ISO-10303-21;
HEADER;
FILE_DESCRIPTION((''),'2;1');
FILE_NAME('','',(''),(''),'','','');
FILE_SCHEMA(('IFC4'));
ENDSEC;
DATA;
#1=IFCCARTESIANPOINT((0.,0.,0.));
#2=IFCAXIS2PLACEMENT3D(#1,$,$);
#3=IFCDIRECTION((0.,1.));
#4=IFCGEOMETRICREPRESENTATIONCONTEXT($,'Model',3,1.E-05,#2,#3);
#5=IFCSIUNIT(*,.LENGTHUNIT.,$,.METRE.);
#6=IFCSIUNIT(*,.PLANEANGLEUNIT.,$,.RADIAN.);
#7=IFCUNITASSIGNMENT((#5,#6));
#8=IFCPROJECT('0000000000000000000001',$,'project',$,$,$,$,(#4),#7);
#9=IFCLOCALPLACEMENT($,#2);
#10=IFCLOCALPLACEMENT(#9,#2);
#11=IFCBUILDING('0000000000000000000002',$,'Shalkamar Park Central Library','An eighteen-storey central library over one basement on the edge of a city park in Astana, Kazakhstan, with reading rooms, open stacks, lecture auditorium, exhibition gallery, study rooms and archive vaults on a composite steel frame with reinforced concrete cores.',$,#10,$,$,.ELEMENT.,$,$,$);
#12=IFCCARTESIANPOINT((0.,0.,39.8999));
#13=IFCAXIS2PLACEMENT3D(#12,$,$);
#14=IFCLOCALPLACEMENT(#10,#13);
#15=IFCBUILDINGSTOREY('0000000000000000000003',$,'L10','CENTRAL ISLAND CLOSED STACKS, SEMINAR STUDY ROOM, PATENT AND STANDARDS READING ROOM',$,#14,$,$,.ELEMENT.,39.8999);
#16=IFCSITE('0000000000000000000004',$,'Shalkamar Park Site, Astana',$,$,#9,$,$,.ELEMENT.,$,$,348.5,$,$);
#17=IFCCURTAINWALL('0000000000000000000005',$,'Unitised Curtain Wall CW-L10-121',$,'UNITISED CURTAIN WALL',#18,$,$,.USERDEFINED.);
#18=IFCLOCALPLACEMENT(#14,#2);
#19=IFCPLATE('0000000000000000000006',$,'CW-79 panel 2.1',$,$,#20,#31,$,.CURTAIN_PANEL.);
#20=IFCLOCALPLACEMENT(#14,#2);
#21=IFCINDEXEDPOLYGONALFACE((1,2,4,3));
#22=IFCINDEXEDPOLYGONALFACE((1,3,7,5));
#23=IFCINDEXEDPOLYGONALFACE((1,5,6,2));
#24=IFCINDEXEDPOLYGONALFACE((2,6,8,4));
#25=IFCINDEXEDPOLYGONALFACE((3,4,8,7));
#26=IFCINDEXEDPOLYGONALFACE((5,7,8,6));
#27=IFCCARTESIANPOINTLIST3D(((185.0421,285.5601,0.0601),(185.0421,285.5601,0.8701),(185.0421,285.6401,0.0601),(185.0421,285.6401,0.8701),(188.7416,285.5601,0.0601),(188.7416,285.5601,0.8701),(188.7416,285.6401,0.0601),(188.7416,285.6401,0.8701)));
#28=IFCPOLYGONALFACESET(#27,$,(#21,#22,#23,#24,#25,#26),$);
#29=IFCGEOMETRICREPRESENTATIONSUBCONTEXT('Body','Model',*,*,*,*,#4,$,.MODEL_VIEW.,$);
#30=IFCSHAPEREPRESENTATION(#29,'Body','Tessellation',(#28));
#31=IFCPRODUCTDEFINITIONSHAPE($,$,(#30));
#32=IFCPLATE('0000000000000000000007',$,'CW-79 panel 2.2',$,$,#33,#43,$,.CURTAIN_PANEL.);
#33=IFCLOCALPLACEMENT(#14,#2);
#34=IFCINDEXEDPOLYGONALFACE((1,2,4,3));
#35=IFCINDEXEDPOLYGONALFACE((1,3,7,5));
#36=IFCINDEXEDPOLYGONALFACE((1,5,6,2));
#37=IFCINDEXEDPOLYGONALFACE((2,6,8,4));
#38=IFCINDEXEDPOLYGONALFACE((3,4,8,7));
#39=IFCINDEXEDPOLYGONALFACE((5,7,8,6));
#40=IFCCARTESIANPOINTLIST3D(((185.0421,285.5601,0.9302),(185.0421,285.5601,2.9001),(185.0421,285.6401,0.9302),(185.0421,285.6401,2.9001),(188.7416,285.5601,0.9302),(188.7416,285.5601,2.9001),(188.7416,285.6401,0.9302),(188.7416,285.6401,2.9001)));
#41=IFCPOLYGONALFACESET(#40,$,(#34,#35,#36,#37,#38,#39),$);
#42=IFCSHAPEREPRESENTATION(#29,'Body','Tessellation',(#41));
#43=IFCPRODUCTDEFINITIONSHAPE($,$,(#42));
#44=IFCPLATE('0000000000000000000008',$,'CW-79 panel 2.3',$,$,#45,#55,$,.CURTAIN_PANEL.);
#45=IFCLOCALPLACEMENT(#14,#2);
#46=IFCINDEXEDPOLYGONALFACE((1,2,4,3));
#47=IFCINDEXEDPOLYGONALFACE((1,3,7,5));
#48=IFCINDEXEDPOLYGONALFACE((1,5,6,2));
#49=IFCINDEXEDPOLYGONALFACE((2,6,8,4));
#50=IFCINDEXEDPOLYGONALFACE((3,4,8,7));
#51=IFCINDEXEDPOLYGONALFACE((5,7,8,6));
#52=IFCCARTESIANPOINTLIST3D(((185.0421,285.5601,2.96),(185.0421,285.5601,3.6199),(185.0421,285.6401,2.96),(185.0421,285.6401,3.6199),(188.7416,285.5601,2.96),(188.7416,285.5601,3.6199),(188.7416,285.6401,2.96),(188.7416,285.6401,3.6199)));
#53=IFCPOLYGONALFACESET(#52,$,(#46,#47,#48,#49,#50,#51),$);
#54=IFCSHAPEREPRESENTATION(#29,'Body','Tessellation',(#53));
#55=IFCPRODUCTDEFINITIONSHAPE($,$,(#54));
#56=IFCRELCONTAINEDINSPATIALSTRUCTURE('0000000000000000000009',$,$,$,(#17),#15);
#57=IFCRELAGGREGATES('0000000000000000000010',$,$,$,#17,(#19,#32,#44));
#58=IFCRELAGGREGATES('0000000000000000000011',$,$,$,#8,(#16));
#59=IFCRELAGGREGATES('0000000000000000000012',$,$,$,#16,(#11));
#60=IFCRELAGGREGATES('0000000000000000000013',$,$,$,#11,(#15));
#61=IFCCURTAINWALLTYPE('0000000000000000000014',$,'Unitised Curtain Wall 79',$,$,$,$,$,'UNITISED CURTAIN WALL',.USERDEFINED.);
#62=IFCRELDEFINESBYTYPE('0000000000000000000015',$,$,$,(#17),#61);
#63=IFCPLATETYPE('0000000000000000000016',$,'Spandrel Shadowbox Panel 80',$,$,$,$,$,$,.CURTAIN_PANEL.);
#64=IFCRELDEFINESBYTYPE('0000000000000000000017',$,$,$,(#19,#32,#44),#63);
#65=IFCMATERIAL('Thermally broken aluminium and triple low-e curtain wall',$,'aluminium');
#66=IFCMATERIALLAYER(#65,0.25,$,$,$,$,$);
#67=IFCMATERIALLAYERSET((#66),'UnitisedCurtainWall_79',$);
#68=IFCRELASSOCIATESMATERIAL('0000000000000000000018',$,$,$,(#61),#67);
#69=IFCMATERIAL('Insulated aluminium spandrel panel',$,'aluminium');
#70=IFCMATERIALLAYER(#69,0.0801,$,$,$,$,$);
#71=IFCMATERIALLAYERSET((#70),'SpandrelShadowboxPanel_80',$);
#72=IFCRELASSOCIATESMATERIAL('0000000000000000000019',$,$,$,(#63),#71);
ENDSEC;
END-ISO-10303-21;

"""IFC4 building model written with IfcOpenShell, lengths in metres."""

from ifc_helpers import new_model, si_unit, direction, frame, origin, origin_2d, place, context, subcontext, project, spatial, rectangle, extrude, material, layer, layer_set, type_object, element, aggregate, save


model = new_model("IFC4")

# Units and contexts
model_context = context("Model", 3, precision=1e-05, world=origin(), true_north=direction((0.0, 1.0)))
body_context = subcontext(model_context, "Body", "Model", "MODEL_VIEW")
ifc_project = project(units=[si_unit("LENGTHUNIT", "METRE"), si_unit("PLANEANGLEUNIT", "RADIAN")], contexts=[model_context])

# Site, building, storey
site_placement = place(None, origin())
site = spatial("IfcSite", under=ifc_project, at=site_placement, Name="Shalkamar Park Site, Astana", CompositionType="ELEMENT", RefElevation=348.5)
building_placement = place(site_placement, origin())
building = spatial("IfcBuilding", under=site, at=building_placement, Name="Shalkamar Park Central Library", Description="An eighteen-storey central library over one basement on the edge of a city park in Astana, Kazakhstan, with reading rooms, open stacks, lecture auditorium, exhibition gallery, study rooms and archive vaults on a composite steel frame with reinforced concrete cores.", CompositionType="ELEMENT")
storey_placement = place(building_placement, frame((0.0, 0.0, 39.8999)))
storey = spatial("IfcBuildingStorey", under=building, at=storey_placement, Name="L10", Description="CENTRAL ISLAND CLOSED STACKS, SEMINAR STUDY ROOM, PATENT AND STANDARDS READING ROOM", CompositionType="ELEMENT", Elevation=39.8999)

# Curtain wall
ifc_material_1 = material(Name="Thermally broken aluminium and triple low-e curtain wall", Category="aluminium")
ifc_layer_1 = layer(ifc_material_1, 0.25)
ifc_layer_set_1 = layer_set([ifc_layer_1], Name="UnitisedCurtainWall_79")
curtain_wall_type_1 = type_object("IfcCurtainWallType", Name="Unitised Curtain Wall 79", ElementType="UNITISED CURTAIN WALL", PredefinedType="USERDEFINED", material=ifc_layer_set_1)
curtain_wall_1_placement = place(storey_placement, origin())
curtain_wall_1 = element("IfcCurtainWall", 1, at=curtain_wall_1_placement, inside=storey, type_object=curtain_wall_type_1, Name="Unitised Curtain Wall CW-L10-121", ObjectType="UNITISED CURTAIN WALL", PredefinedType="USERDEFINED")

# Plates
ifc_material_2 = material(Name="Insulated aluminium spandrel panel", Category="aluminium")
ifc_layer_2 = layer(ifc_material_2, 0.0801)
ifc_layer_set_2 = layer_set([ifc_layer_2], Name="SpandrelShadowboxPanel_80")
plate_type_1 = type_object("IfcPlateType", Name="Spandrel Shadowbox Panel 80", PredefinedType="CURTAIN_PANEL", material=ifc_layer_set_2)
plate_1_placement = place(storey_placement, frame((186.8918, 285.6001, 0.0601), z_axis=(0.0, 0.0, 1.0), x_axis=(1.0, 0.0, 0.0)))
plate_1 = element("IfcPlate", 2, at=plate_1_placement, type_object=plate_type_1, Name="CW-79 panel 2.1", PredefinedType="CURTAIN_PANEL", context=body_context, shape_type="SweptSolid", body=[
    extrude(rectangle(XDim=3.6995, YDim=0.0801, at=origin_2d()), origin(), (0.0, 0.0, 1.0), 0.8101),
])
plate_2_placement = place(storey_placement, frame((186.8918, 285.6001, 0.9302), z_axis=(0.0, 0.0, 1.0), x_axis=(1.0, 0.0, 0.0)))
plate_2 = element("IfcPlate", 3, at=plate_2_placement, type_object=plate_type_1, Name="CW-79 panel 2.2", PredefinedType="CURTAIN_PANEL", context=body_context, shape_type="SweptSolid", body=[
    extrude(rectangle(XDim=3.6995, YDim=0.0801, at=origin_2d()), origin(), (0.0, 0.0, 1.0), 1.97),
])
plate_3_placement = place(storey_placement, frame((186.8918, 285.6001, 2.96), z_axis=(0.0, 0.0, 1.0), x_axis=(1.0, 0.0, 0.0)))
plate_3 = element("IfcPlate", 4, at=plate_3_placement, type_object=plate_type_1, Name="CW-79 panel 2.3", PredefinedType="CURTAIN_PANEL", context=body_context, shape_type="SweptSolid", body=[
    extrude(rectangle(XDim=3.6995, YDim=0.0801, at=origin_2d()), origin(), (0.0, 0.0, 1.0), 0.6599),
])
aggregate(curtain_wall_1, [plate_1, plate_2, plate_3])

save(model, "model.ifc")
